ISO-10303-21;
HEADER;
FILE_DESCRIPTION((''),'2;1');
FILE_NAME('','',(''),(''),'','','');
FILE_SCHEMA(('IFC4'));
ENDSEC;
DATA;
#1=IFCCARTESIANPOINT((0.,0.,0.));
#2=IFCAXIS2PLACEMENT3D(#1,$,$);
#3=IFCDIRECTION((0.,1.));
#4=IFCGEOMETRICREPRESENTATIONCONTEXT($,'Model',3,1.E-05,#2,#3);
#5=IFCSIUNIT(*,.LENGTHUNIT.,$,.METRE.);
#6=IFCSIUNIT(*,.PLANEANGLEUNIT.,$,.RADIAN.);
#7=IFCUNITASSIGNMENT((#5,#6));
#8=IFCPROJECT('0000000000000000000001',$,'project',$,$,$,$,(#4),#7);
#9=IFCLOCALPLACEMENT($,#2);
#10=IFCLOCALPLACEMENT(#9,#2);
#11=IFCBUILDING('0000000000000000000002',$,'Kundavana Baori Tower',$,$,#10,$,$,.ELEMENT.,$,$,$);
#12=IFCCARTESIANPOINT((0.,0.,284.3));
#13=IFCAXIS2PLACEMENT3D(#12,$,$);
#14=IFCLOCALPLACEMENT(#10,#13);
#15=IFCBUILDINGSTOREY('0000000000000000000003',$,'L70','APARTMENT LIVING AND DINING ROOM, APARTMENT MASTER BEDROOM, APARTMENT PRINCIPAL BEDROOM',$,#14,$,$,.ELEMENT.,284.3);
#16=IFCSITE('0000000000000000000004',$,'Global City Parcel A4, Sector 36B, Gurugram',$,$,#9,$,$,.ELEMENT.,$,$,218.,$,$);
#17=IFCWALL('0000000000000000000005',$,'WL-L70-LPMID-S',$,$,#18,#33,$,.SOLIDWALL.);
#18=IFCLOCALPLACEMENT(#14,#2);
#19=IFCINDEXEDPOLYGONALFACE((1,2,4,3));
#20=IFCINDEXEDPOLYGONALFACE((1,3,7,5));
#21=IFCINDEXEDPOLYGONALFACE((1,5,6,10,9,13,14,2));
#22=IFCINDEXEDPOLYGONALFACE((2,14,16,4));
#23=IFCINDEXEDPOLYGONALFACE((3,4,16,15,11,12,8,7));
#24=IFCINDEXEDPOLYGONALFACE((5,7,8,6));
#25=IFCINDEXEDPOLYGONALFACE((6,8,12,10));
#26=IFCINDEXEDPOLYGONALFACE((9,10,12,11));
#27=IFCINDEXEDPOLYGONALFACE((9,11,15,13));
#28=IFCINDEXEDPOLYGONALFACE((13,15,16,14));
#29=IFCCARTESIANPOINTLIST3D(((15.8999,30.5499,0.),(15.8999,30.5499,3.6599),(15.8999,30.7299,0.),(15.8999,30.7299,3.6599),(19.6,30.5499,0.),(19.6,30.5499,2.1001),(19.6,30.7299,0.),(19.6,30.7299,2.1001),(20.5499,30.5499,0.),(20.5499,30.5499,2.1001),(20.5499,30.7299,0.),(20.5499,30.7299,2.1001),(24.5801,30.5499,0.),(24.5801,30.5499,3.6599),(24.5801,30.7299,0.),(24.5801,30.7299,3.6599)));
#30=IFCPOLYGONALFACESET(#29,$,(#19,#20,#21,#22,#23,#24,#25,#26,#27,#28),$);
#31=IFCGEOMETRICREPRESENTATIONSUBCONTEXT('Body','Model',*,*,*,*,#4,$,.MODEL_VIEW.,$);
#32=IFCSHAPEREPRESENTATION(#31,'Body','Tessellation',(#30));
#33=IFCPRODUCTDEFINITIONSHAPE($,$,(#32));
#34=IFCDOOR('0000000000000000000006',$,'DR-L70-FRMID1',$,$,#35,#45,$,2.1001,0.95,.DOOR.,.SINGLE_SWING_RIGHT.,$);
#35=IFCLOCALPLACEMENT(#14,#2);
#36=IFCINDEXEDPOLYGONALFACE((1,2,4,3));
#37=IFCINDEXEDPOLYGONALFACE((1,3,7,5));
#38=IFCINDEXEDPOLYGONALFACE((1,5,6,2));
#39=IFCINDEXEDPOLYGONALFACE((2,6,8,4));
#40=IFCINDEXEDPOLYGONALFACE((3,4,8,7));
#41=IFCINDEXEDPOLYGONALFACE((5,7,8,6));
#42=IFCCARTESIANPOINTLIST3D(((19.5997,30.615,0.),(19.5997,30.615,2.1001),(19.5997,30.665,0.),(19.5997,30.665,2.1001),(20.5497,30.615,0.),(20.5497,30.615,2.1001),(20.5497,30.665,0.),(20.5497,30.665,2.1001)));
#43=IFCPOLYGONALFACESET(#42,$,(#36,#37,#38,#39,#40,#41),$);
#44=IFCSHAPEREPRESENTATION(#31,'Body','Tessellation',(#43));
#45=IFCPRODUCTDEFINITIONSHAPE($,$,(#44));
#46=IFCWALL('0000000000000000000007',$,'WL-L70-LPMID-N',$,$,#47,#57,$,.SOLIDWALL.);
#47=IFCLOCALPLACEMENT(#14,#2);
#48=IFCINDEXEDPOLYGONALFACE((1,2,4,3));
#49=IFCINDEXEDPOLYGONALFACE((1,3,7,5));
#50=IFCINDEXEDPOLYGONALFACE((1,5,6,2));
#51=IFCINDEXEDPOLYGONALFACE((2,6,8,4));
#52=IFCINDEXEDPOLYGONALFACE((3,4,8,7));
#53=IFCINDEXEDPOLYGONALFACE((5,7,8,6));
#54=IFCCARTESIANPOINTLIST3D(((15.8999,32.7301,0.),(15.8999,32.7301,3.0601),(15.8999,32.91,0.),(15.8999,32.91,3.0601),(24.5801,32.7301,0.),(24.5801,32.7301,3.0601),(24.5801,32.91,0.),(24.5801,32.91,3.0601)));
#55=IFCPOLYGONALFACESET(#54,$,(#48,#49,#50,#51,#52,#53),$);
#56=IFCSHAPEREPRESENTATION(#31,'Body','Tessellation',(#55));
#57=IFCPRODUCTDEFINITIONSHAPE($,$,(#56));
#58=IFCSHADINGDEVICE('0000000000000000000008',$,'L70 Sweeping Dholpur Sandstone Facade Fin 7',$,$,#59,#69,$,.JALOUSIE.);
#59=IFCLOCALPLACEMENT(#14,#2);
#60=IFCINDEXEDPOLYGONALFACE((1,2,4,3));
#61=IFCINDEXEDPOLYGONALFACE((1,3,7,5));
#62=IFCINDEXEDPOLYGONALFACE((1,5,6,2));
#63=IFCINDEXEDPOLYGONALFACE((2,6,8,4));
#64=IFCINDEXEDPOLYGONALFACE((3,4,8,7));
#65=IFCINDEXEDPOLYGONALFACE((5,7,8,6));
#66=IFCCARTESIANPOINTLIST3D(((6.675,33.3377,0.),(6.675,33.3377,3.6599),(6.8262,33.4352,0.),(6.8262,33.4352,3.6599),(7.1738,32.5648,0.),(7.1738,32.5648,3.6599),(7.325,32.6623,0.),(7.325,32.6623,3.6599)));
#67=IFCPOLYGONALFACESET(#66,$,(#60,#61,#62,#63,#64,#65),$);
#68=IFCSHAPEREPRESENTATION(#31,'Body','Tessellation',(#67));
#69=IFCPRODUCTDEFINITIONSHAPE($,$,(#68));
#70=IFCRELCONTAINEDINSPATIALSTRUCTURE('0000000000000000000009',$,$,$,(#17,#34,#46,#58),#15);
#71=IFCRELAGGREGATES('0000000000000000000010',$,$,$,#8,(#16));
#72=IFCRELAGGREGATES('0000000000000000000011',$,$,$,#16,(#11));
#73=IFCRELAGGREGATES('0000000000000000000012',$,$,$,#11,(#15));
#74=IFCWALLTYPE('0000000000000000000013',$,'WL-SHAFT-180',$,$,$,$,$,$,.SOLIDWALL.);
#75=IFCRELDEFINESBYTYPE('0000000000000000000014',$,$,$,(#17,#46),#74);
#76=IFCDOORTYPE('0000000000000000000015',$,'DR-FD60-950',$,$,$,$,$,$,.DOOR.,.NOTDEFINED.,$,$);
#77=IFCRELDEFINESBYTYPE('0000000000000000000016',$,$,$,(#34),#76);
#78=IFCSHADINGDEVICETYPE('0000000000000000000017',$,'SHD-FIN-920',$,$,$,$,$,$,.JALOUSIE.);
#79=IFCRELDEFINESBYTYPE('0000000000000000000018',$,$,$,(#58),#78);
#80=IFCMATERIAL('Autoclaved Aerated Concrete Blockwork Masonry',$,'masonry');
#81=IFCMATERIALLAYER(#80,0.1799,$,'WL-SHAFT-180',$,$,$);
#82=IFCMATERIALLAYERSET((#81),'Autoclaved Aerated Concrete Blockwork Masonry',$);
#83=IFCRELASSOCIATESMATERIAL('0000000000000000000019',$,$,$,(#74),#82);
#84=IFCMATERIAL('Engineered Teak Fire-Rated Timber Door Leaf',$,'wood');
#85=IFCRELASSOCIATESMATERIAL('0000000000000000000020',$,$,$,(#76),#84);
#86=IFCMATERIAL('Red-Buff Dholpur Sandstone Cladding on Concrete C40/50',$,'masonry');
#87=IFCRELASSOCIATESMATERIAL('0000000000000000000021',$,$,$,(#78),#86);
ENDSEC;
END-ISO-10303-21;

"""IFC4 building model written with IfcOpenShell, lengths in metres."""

from ifc_helpers import new_model, si_unit, direction, frame, frame_2d, origin, origin_2d, place, context, subcontext, project, spatial, rectangle, extrude, material, layer, layer_set, type_object, element, fill, save


model = new_model("IFC4")

# Units and contexts
model_context = context("Model", 3, precision=1e-05, world=origin(), true_north=direction((0.0, 1.0)))
body_context = subcontext(model_context, "Body", "Model", "MODEL_VIEW")
ifc_project = project(units=[si_unit("LENGTHUNIT", "METRE"), si_unit("PLANEANGLEUNIT", "RADIAN")], contexts=[model_context])

# Site, building, storey
site_placement = place(None, origin())
site = spatial("IfcSite", under=ifc_project, at=site_placement, Name="Global City Parcel A4, Sector 36B, Gurugram", CompositionType="ELEMENT", RefElevation=218.0)
building_placement = place(site_placement, origin())
building = spatial("IfcBuilding", under=site, at=building_placement, Name="Kundavana Baori Tower", CompositionType="ELEMENT")
storey_placement = place(building_placement, frame((0.0, 0.0, 284.3)))
storey = spatial("IfcBuildingStorey", under=building, at=storey_placement, Name="L70", Description="APARTMENT LIVING AND DINING ROOM, APARTMENT MASTER BEDROOM, APARTMENT PRINCIPAL BEDROOM", CompositionType="ELEMENT", Elevation=284.3)

# Shared definitions
ifc_material_1 = material(Name="Autoclaved Aerated Concrete Blockwork Masonry", Category="masonry")
ifc_layer_1 = layer(ifc_material_1, 0.1799, Name="WL-SHAFT-180")
ifc_layer_set_1 = layer_set([ifc_layer_1], Name="Autoclaved Aerated Concrete Blockwork Masonry")
wall_type_1 = type_object("IfcWallType", Name="WL-SHAFT-180", PredefinedType="SOLIDWALL", material=ifc_layer_set_1)
ifc_material_2 = material(Name="Engineered Teak Fire-Rated Timber Door Leaf", Category="wood")
door_type = type_object("IfcDoorType", Name="DR-FD60-950", OperationType="NOTDEFINED", PredefinedType="DOOR", material=ifc_material_2)

# Wall, opening, door
wall_1_placement = place(storey_placement, frame((15.8999, 30.6399, 0.0), z_axis=(0.0, 0.0, 1.0), x_axis=(1.0, 0.0, 0.0)))
wall_1 = element("IfcWall", 1, at=wall_1_placement, inside=storey, type_object=wall_type_1, Name="WL-L70-LPMID-S", PredefinedType="SOLIDWALL", context=body_context, shape_type="SweptSolid", body=[
    extrude(rectangle(XDim=8.6802, YDim=0.1799, at=frame_2d((4.3401, 0.0))), origin(), (0.0, 0.0, 1.0), 3.6599),
])
opening_1_placement = place(wall_1_placement, frame((3.7, 0.0, 0.0)))
opening_1 = element("IfcOpeningElement", 2, at=opening_1_placement, cuts=wall_1, PredefinedType="OPENING", context=body_context, shape_type="SweptSolid", body=[
    extrude(rectangle(XDim=0.95, YDim=2.1001, at=frame_2d((0.4751, 1.05))), frame((0.0, 0.1001, 0.0), z_axis=(0.0, -1.0, 0.0), x_axis=(1.0, 0.0, 0.0)), (0.0, 0.0, 1.0), 0.2),
])
door_1_placement = place(opening_1_placement, frame((0.95, 0.0, 0.0), z_axis=(0.0, 0.0, 1.0), x_axis=(-1.0, 0.0, 0.0)))
door_1 = element("IfcDoor", 3, at=door_1_placement, inside=storey, type_object=door_type, Name="DR-L70-FRMID1", OperationType="SINGLE_SWING_RIGHT", OverallHeight=2.1001, OverallWidth=0.95, PredefinedType="DOOR", context=body_context, shape_type="SweptSolid", body=[
    extrude(rectangle(XDim=0.95, YDim=2.1001, at=frame_2d((0.4751, 1.05))), frame((0.0, 0.0249, 0.0), z_axis=(0.0, -1.0, 0.0), x_axis=(1.0, 0.0, 0.0)), (0.0, 0.0, 1.0), 0.05),
])
fill(opening_1, door_1)

# Wall
wall_2_placement = place(storey_placement, frame((15.8999, 32.8201, 0.0), z_axis=(0.0, 0.0, 1.0), x_axis=(1.0, 0.0, 0.0)))
element("IfcWall", 4, at=wall_2_placement, inside=storey, type_object=wall_type_1, Name="WL-L70-LPMID-N", PredefinedType="SOLIDWALL", context=body_context, shape_type="SweptSolid", body=[
    extrude(rectangle(XDim=8.6802, YDim=0.1799, at=frame_2d((4.3401, 0.0))), origin(), (0.0, 0.0, 1.0), 3.0601),
])

# Shading device
ifc_material_3 = material(Name="Red-Buff Dholpur Sandstone Cladding on Concrete C40/50", Category="masonry")
shading_device_type = type_object("IfcShadingDeviceType", Name="SHD-FIN-920", PredefinedType="JALOUSIE", material=ifc_material_3)
shading_device_placement = place(storey_placement, frame((7.0, 33.0, 0.0), z_axis=(0.0, 0.0, 1.0), x_axis=(0.840188, 0.542295, 0.0)))
element("IfcShadingDevice", 5, at=shading_device_placement, inside=storey, type_object=shading_device_type, Name="L70 Sweeping Dholpur Sandstone Facade Fin 7", PredefinedType="JALOUSIE", context=body_context, shape_type="SweptSolid", body=[
    extrude(rectangle(XDim=0.1799, YDim=0.9199, at=origin_2d()), origin(), (0.0, 0.0, 1.0), 3.6599),
])

save(model, "model.ifc")
